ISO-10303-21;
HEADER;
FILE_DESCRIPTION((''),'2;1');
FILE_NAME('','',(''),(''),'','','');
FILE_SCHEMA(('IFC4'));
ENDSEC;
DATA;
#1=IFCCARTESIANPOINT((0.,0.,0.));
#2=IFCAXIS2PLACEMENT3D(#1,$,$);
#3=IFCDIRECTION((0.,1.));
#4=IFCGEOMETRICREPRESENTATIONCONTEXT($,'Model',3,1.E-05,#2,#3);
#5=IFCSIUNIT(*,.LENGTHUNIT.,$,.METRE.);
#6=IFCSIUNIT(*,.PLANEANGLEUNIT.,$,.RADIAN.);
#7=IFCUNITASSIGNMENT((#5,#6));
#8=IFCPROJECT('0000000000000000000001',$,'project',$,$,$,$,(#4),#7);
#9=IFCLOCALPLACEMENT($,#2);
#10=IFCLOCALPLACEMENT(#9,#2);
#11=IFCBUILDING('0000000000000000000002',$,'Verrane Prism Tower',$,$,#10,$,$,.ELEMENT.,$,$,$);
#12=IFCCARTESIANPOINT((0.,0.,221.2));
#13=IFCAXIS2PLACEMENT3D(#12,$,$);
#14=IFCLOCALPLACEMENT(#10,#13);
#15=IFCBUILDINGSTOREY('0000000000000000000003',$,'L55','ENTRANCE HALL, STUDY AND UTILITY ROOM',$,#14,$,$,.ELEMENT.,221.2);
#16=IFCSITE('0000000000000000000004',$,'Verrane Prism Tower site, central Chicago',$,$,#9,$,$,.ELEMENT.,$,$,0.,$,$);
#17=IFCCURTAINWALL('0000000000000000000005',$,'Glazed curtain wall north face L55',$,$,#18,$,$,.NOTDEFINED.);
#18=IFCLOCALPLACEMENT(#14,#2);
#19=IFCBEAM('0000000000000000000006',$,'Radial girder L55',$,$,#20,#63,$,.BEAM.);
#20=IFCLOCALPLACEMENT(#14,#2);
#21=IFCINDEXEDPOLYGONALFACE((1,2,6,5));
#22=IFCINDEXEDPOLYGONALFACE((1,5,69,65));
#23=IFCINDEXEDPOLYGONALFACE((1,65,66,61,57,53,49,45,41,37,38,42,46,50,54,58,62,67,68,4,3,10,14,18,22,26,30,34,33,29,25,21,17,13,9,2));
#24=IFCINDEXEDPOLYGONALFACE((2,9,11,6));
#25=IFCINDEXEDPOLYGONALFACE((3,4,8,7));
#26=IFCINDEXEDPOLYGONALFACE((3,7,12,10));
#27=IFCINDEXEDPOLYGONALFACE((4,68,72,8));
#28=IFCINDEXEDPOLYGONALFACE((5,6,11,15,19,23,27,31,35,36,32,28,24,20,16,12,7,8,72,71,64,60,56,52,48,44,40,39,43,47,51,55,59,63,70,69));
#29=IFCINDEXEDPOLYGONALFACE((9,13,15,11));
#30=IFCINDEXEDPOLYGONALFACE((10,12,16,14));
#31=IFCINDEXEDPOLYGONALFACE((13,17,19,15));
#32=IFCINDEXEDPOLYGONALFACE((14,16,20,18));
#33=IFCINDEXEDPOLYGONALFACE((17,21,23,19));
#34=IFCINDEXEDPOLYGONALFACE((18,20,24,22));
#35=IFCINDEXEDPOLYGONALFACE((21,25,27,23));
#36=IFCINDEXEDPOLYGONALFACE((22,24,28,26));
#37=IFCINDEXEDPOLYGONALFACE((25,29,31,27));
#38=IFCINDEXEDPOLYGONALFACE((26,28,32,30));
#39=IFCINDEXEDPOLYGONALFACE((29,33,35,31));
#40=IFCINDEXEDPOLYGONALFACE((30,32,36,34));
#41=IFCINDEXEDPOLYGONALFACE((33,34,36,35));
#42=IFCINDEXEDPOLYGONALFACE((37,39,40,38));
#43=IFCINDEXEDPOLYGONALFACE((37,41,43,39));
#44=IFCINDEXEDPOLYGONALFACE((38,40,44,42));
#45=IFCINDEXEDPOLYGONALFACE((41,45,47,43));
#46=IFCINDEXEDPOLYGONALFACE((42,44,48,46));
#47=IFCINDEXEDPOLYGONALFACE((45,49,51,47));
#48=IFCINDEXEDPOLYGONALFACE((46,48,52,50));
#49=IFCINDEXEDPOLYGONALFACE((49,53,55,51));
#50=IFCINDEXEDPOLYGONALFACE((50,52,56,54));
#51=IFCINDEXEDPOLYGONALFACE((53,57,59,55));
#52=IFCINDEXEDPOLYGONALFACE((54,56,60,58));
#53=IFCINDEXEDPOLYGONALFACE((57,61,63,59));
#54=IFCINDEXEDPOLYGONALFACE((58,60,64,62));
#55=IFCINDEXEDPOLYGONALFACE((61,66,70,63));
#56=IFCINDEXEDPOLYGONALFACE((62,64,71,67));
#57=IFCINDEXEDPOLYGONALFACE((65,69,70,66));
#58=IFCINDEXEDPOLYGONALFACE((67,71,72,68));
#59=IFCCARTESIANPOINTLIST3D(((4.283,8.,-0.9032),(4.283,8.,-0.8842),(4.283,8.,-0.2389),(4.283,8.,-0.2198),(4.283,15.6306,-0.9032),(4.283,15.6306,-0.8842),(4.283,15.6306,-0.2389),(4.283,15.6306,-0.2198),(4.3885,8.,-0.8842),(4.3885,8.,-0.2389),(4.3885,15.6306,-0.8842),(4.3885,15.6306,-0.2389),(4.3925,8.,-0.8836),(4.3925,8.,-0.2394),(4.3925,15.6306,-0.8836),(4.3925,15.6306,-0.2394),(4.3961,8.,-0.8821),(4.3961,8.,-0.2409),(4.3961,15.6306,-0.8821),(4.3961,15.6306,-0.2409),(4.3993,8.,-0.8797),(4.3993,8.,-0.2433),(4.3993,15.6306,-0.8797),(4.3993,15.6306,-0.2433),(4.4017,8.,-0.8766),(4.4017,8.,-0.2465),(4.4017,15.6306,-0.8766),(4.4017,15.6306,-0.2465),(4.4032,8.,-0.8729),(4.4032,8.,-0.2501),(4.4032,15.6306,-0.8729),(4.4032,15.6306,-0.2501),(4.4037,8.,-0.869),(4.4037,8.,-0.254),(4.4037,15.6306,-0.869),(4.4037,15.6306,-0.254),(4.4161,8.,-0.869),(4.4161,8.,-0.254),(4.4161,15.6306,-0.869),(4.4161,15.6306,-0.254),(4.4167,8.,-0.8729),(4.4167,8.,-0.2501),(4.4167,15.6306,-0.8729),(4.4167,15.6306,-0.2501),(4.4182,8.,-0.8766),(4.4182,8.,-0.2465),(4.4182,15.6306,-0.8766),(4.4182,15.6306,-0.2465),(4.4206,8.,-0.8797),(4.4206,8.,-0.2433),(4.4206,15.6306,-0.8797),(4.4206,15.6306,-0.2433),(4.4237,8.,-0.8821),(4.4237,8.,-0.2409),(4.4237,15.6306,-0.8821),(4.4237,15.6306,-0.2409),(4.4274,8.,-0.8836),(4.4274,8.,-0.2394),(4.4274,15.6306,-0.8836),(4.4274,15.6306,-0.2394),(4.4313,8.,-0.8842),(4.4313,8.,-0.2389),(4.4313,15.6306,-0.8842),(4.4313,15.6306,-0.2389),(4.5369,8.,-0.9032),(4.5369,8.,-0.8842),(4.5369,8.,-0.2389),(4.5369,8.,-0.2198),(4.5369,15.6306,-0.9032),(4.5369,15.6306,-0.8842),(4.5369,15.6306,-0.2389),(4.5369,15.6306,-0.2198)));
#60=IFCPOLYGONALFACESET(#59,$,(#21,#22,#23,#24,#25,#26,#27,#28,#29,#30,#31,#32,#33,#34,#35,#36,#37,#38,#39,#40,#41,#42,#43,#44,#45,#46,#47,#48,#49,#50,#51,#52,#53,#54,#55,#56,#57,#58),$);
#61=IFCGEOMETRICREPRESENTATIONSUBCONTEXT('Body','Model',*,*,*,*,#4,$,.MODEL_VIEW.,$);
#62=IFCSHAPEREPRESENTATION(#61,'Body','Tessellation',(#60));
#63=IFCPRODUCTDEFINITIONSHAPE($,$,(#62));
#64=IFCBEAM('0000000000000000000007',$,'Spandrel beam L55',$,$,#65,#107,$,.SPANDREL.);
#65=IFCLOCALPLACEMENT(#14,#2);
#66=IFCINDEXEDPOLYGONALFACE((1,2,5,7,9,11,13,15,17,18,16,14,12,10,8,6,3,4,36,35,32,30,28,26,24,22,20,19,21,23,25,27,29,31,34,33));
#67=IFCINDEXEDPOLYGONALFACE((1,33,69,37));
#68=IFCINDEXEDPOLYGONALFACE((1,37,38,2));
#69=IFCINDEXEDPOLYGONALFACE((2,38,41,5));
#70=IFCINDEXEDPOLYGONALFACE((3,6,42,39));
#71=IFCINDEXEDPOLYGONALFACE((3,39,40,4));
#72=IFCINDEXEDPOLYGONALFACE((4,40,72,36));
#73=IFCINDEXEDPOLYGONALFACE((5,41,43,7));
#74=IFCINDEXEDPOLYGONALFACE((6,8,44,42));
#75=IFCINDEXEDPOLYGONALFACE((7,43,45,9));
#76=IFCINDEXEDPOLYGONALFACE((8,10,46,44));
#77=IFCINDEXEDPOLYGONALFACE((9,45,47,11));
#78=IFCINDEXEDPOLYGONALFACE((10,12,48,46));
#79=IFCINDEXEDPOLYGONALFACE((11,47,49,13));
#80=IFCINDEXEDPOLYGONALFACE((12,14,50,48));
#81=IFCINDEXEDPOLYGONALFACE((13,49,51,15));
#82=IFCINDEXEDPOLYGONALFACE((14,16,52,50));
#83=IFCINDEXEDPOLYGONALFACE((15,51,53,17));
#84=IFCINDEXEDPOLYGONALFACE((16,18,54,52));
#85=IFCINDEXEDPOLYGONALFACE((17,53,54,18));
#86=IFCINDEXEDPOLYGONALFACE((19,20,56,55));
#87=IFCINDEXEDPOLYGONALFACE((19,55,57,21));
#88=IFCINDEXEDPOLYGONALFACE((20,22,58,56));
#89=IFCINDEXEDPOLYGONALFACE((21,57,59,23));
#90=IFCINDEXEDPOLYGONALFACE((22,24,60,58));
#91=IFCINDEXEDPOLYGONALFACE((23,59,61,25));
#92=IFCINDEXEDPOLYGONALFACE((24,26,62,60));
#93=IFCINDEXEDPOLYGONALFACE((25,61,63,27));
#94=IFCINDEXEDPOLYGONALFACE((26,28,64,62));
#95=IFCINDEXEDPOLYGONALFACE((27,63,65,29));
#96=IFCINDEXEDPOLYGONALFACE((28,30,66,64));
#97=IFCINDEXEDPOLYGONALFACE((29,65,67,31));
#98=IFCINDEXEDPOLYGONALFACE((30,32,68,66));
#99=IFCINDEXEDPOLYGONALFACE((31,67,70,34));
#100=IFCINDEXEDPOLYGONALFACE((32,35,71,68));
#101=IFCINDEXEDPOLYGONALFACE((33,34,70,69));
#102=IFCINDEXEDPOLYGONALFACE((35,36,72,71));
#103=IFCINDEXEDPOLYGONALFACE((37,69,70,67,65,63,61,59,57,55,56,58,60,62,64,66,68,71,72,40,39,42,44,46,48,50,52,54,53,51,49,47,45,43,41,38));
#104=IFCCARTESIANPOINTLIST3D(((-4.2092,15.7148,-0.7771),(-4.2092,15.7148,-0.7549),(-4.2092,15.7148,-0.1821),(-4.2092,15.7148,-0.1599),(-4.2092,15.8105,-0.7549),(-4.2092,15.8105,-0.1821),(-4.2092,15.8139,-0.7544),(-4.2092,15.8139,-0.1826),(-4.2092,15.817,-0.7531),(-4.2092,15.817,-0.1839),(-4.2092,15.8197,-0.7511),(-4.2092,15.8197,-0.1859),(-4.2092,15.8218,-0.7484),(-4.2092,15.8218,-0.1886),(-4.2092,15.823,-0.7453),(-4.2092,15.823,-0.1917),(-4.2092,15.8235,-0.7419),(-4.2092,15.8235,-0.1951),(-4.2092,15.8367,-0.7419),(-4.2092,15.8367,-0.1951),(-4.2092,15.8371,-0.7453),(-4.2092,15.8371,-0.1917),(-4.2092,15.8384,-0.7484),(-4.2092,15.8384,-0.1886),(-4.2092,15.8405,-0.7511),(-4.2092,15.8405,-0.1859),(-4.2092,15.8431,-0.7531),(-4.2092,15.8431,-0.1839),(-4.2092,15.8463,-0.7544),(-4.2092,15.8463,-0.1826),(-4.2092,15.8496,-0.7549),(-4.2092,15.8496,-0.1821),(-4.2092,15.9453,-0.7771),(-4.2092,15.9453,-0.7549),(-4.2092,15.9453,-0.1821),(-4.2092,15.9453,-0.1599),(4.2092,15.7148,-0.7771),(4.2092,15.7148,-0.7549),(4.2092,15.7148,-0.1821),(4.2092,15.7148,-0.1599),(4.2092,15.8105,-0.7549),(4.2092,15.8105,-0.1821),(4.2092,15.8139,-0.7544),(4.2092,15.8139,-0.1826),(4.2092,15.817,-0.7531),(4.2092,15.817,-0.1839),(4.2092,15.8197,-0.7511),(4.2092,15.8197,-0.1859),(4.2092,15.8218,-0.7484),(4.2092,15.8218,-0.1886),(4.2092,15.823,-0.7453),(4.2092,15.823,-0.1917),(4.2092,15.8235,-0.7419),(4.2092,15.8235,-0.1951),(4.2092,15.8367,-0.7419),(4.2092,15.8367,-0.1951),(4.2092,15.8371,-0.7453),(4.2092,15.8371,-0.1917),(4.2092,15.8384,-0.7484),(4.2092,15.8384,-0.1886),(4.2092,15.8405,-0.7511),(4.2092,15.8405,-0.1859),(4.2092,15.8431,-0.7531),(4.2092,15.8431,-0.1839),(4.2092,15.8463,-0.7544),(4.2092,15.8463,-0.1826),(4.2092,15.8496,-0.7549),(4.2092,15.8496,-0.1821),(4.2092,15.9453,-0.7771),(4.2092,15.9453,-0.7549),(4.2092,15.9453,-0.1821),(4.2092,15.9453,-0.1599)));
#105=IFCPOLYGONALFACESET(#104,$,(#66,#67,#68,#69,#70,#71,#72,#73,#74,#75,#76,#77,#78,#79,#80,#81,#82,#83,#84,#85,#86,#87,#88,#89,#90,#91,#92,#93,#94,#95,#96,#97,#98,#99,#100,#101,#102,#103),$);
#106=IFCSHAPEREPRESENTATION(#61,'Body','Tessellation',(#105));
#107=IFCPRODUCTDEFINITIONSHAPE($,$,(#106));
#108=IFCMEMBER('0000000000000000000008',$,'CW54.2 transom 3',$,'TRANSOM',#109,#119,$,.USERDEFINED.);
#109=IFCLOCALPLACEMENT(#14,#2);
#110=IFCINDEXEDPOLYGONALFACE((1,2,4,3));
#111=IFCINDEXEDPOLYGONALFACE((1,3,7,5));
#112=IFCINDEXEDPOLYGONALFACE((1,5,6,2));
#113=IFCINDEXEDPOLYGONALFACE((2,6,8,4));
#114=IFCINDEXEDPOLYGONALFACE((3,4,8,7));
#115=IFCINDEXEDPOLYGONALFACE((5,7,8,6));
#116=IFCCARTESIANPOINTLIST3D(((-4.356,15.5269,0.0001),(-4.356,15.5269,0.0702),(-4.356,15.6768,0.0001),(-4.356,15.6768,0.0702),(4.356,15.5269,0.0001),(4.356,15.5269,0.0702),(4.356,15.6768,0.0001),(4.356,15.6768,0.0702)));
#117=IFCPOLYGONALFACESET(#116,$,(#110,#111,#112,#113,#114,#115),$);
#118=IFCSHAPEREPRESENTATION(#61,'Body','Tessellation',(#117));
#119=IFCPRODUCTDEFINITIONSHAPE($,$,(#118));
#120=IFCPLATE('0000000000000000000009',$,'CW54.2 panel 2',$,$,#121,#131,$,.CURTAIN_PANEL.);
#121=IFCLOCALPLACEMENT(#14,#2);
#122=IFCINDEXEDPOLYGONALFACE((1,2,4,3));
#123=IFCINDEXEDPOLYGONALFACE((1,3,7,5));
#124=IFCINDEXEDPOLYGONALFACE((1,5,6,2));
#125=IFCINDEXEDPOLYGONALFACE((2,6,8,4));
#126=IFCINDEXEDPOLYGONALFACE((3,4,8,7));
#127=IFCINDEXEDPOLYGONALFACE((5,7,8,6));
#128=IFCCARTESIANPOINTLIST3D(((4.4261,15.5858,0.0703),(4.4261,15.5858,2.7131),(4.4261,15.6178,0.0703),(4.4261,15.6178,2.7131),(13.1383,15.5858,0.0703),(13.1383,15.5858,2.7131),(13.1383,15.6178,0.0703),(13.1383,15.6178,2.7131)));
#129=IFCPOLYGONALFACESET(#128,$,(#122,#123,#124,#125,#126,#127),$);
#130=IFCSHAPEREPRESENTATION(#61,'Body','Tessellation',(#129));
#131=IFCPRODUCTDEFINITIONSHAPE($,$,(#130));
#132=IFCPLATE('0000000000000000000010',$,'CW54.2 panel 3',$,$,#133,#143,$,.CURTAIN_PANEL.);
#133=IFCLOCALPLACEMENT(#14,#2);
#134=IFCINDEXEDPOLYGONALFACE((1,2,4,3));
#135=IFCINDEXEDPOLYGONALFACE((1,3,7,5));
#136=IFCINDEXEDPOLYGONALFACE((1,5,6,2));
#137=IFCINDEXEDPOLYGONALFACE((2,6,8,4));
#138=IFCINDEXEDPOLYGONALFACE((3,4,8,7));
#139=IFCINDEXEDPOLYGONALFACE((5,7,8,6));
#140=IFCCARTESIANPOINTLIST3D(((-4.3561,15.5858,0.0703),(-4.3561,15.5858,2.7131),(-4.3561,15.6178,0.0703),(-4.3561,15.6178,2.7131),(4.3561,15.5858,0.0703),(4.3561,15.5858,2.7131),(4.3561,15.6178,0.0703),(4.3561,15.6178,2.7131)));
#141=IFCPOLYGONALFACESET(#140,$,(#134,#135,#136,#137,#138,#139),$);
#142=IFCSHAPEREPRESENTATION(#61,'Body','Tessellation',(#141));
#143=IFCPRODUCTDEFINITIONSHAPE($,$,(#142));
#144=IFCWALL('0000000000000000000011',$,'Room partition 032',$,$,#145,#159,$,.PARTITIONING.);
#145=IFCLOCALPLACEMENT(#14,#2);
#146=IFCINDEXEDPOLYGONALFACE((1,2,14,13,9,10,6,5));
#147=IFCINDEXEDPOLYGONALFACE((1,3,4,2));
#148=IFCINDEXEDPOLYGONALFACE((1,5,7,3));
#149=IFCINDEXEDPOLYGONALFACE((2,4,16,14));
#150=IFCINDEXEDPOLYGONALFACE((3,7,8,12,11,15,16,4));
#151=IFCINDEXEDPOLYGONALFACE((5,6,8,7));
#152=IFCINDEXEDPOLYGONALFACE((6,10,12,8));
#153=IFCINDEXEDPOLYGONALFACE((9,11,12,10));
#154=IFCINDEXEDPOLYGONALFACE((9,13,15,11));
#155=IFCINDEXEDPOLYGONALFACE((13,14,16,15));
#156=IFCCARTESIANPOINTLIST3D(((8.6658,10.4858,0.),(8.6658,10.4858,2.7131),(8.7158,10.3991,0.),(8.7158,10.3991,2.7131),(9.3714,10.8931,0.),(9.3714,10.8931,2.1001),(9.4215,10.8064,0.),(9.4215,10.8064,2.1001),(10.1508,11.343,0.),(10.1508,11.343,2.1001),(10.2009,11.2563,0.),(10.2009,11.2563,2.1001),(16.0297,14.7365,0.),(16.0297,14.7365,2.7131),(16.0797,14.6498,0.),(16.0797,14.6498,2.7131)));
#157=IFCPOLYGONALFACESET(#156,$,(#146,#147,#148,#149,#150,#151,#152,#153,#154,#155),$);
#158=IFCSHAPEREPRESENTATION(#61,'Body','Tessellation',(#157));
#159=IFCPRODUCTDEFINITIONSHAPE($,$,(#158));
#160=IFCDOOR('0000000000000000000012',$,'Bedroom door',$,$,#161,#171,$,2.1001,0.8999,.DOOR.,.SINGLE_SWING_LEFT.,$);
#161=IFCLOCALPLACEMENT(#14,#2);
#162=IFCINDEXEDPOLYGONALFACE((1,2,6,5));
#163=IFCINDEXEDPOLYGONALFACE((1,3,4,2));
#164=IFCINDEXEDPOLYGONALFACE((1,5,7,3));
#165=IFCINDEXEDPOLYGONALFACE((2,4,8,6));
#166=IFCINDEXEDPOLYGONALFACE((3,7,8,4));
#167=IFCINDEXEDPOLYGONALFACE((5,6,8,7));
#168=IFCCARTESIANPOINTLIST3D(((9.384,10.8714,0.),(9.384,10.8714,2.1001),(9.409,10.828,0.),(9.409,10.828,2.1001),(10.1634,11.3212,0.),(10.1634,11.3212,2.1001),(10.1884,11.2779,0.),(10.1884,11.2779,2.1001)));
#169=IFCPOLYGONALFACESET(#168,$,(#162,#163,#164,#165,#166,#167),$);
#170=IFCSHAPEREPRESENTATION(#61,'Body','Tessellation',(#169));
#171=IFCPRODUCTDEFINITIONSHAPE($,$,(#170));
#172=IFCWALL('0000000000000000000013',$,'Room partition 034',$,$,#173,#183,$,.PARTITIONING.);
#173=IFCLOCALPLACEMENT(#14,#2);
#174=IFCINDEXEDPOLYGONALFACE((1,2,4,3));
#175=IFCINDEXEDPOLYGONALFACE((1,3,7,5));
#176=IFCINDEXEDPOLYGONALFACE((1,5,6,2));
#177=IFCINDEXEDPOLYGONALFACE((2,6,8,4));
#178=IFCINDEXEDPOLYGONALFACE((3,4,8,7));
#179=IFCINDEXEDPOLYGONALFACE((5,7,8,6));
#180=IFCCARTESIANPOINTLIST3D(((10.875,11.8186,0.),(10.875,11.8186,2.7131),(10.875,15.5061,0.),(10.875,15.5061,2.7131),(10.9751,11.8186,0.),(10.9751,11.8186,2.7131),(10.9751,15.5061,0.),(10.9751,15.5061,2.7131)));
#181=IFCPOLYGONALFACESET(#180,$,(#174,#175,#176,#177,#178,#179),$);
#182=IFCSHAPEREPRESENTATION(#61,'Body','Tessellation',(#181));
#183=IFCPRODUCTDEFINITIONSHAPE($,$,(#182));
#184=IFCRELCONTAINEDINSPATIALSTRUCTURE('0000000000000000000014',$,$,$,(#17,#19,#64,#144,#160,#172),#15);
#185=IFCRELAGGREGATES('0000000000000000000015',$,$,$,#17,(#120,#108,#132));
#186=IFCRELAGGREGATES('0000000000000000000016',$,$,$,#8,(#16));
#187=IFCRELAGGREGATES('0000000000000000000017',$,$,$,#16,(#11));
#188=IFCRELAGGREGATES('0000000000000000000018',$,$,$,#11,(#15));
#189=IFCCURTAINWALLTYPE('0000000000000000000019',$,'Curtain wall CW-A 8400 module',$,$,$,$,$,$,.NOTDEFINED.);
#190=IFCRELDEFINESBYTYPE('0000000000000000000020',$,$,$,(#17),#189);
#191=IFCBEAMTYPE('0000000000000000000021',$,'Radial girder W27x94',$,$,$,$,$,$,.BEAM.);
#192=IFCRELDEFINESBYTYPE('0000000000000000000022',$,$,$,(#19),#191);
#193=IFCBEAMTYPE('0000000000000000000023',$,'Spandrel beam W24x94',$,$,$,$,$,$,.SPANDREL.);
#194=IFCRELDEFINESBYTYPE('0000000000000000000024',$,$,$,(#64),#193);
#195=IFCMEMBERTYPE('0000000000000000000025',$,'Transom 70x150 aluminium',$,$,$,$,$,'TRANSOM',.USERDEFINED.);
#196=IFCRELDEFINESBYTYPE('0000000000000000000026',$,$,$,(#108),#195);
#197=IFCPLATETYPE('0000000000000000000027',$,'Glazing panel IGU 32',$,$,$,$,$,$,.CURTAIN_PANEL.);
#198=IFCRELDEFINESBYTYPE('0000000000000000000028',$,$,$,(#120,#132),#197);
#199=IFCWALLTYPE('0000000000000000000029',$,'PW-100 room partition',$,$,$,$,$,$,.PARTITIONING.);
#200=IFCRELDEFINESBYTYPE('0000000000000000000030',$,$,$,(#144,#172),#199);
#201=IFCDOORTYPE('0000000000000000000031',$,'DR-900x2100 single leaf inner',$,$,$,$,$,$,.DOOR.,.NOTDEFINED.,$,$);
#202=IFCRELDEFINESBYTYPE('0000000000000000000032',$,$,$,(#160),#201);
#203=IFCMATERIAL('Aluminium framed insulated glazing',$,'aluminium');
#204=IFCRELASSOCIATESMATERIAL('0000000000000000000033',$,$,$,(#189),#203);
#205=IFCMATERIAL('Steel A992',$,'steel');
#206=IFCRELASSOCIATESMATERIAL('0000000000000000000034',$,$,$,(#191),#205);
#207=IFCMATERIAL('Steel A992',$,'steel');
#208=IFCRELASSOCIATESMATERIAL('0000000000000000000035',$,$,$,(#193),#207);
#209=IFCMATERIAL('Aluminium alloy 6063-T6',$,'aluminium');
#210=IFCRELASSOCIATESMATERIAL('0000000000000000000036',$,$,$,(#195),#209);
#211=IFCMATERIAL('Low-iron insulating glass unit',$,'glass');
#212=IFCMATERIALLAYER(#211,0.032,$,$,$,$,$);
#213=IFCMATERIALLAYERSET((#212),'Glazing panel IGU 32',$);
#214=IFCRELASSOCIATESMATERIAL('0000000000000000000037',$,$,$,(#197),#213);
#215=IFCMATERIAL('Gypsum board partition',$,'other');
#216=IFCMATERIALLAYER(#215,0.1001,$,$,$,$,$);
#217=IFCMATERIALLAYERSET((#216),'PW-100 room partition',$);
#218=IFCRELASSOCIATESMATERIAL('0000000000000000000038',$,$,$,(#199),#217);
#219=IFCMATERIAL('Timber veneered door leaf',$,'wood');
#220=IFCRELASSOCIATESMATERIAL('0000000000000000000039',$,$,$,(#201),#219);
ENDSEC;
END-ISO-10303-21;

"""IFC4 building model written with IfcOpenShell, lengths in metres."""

from ifc_helpers import new_model, si_unit, direction, frame, frame_2d, origin, origin_2d, place, context, subcontext, project, spatial, rectangle, i_section, extrude, material, layer, layer_set, material_profile, profile_set, type_object, element, fill, aggregate, save


model = new_model("IFC4")

# Units and contexts
model_context = context("Model", 3, precision=1e-05, world=origin(), true_north=direction((0.0, 1.0)))
body_context = subcontext(model_context, "Body", "Model", "MODEL_VIEW")
ifc_project = project(units=[si_unit("LENGTHUNIT", "METRE"), si_unit("PLANEANGLEUNIT", "RADIAN")], contexts=[model_context])

# Site, building, storey
site_placement = place(None, origin())
site = spatial("IfcSite", under=ifc_project, at=site_placement, Name="Verrane Prism Tower site, central Chicago", CompositionType="ELEMENT", RefElevation=0.0)
building_placement = place(site_placement, origin())
building = spatial("IfcBuilding", under=site, at=building_placement, Name="Verrane Prism Tower", CompositionType="ELEMENT")
storey_placement = place(building_placement, frame((0.0, 0.0, 221.2)))
storey = spatial("IfcBuildingStorey", under=building, at=storey_placement, Name="L55", Description="ENTRANCE HALL, STUDY AND UTILITY ROOM", CompositionType="ELEMENT", Elevation=221.2)

# Curtain wall
ifc_material_1 = material(Name="Aluminium framed insulated glazing", Category="aluminium")
curtain_wall_type = type_object("IfcCurtainWallType", Name="Curtain wall CW-A 8400 module", PredefinedType="NOTDEFINED", material=ifc_material_1)
curtain_wall_placement = place(storey_placement, origin())
curtain_wall = element("IfcCurtainWall", 1, at=curtain_wall_placement, inside=storey, type_object=curtain_wall_type, Name="Glazed curtain wall north face L55", PredefinedType="NOTDEFINED")

# Beams
ifc_material_2 = material(Name="Steel A992", Category="steel")
ifc_material_profile_1 = material_profile(ifc_material_2, i_section(OverallWidth=0.2539, OverallDepth=0.6833, WebThickness=0.0125, FlangeThickness=0.019, FilletRadius=0.0151, at=origin_2d()), Name="W27x94")
ifc_profile_set_1 = profile_set([ifc_material_profile_1], Name="Steel A992")
beam_type_1 = type_object("IfcBeamType", Name="Radial girder W27x94", PredefinedType="BEAM", material=ifc_profile_set_1)
beam_1_placement = place(storey_placement, frame((4.4099, 15.6306, -0.5615), z_axis=(0.0, -1.0, 0.0), x_axis=(1.0, 0.0, 0.0)))
element("IfcBeam", 2, at=beam_1_placement, inside=storey, type_object=beam_type_1, Name="Radial girder L55", PredefinedType="BEAM", context=body_context, shape_type="SweptSolid", body=[
    extrude(i_section(OverallWidth=0.2539, OverallDepth=0.6833, WebThickness=0.0125, FlangeThickness=0.019, FilletRadius=0.0151, at=origin_2d()), origin(), (0.0, 0.0, 1.0), 7.6306),
])
ifc_material_3 = material(Name="Steel A992", Category="steel")
ifc_material_profile_2 = material_profile(ifc_material_3, i_section(OverallWidth=0.2305, OverallDepth=0.6172, WebThickness=0.0132, FlangeThickness=0.0222, FilletRadius=0.0129, at=origin_2d()), Name="W24x94")
ifc_profile_set_2 = profile_set([ifc_material_profile_2], Name="Steel A992")
beam_type_2 = type_object("IfcBeamType", Name="Spandrel beam W24x94", PredefinedType="SPANDREL", material=ifc_profile_set_2)
beam_2_placement = place(storey_placement, frame((4.2092, 15.8301, -0.4685), z_axis=(-1.0, 0.0, 0.0), x_axis=(0.0, -1.0, 0.0)))
element("IfcBeam", 3, at=beam_2_placement, inside=storey, type_object=beam_type_2, Name="Spandrel beam L55", PredefinedType="SPANDREL", context=body_context, shape_type="SweptSolid", body=[
    extrude(i_section(OverallWidth=0.2305, OverallDepth=0.6172, WebThickness=0.0132, FlangeThickness=0.0222, FilletRadius=0.0129, at=origin_2d()), origin(), (0.0, 0.0, 1.0), 8.4185),
])

# Member
ifc_material_4 = material(Name="Aluminium alloy 6063-T6", Category="aluminium")
ifc_material_profile_3 = material_profile(ifc_material_4, rectangle(XDim=0.1499, YDim=0.0701, at=origin_2d()), Name="Transom 70x150 aluminium")
ifc_profile_set_3 = profile_set([ifc_material_profile_3], Name="Aluminium alloy 6063-T6")
member_type_1 = type_object("IfcMemberType", Name="Transom 70x150 aluminium", ElementType="TRANSOM", PredefinedType="USERDEFINED", material=ifc_profile_set_3)
member_1_placement = place(storey_placement, frame((4.356, 15.6018, 0.0352), z_axis=(-1.0, 0.0, 0.0), x_axis=(0.0, -1.0, 0.0)))
member_1 = element("IfcMember", 4, at=member_1_placement, type_object=member_type_1, Name="CW54.2 transom 3", ObjectType="TRANSOM", PredefinedType="USERDEFINED", context=body_context, shape_type="SweptSolid", body=[
    extrude(rectangle(XDim=0.1499, YDim=0.0701, at=origin_2d()), origin(), (0.0, 0.0, 1.0), 8.7119),
])

# Plates
ifc_material_5 = material(Name="Low-iron insulating glass unit", Category="glass")
ifc_layer_1 = layer(ifc_material_5, 0.032)
ifc_layer_set_1 = layer_set([ifc_layer_1], Name="Glazing panel IGU 32")
plate_type = type_object("IfcPlateType", Name="Glazing panel IGU 32", PredefinedType="CURTAIN_PANEL", material=ifc_layer_set_1)
plate_1_placement = place(storey_placement, frame((8.7822, 15.6018, 0.0703), z_axis=(0.0, 0.0, 1.0), x_axis=(-1.0, 0.0, 0.0)))
plate_1 = element("IfcPlate", 5, at=plate_1_placement, type_object=plate_type, Name="CW54.2 panel 2", PredefinedType="CURTAIN_PANEL", context=body_context, shape_type="SweptSolid", body=[
    extrude(rectangle(XDim=8.7122, YDim=0.032, at=origin_2d()), origin(), (0.0, 0.0, 1.0), 2.6428),
])
plate_2_placement = place(storey_placement, frame((0.0, 15.6018, 0.0703), z_axis=(0.0, 0.0, 1.0), x_axis=(-1.0, 0.0, 0.0)))
plate_2 = element("IfcPlate", 6, at=plate_2_placement, type_object=plate_type, Name="CW54.2 panel 3", PredefinedType="CURTAIN_PANEL", context=body_context, shape_type="SweptSolid", body=[
    extrude(rectangle(XDim=8.7122, YDim=0.032, at=origin_2d()), origin(), (0.0, 0.0, 1.0), 2.6428),
])
aggregate(curtain_wall, [plate_1, member_1, plate_2])

# Wall, opening, door
ifc_material_6 = material(Name="Gypsum board partition", Category="other")
ifc_layer_2 = layer(ifc_material_6, 0.1001)
ifc_layer_set_2 = layer_set([ifc_layer_2], Name="PW-100 room partition")
wall_type_1 = type_object("IfcWallType", Name="PW-100 room partition", PredefinedType="PARTITIONING", material=ifc_layer_set_2)
wall_1_placement = place(storey_placement, frame((8.6907, 10.4424, 0.0), z_axis=(0.0, 0.0, 1.0), x_axis=(0.86607, 0.499922, 0.0)))
wall_1 = element("IfcWall", 7, at=wall_1_placement, inside=storey, type_object=wall_type_1, Name="Room partition 032", PredefinedType="PARTITIONING", context=body_context, shape_type="SweptSolid", body=[
    extrude(rectangle(XDim=8.5027, YDim=0.1001, at=frame_2d((4.2515, 0.0))), origin(), (0.0, 0.0, 1.0), 2.7131),
])
opening_1_placement = place(wall_1_placement, frame((0.8149, 0.0, 0.0)))
opening_1 = element("IfcOpeningElement", 8, at=opening_1_placement, cuts=wall_1, PredefinedType="OPENING", context=body_context, shape_type="SweptSolid", body=[
    extrude(rectangle(XDim=0.8999, YDim=2.1001, at=frame_2d((0.45, 1.05))), frame((0.0, 0.0601, 0.0), z_axis=(0.0, -1.0, 0.0), x_axis=(1.0, 0.0, 0.0)), (0.0, 0.0, 1.0), 0.1201),
])
ifc_material_7 = material(Name="Timber veneered door leaf", Category="wood")
door_type_1 = type_object("IfcDoorType", Name="DR-900x2100 single leaf inner", OperationType="NOTDEFINED", PredefinedType="DOOR", material=ifc_material_7)
door_1_placement = place(opening_1_placement, origin())
door_1 = element("IfcDoor", 9, at=door_1_placement, inside=storey, type_object=door_type_1, Name="Bedroom door", OperationType="SINGLE_SWING_LEFT", OverallHeight=2.1001, OverallWidth=0.8999, PredefinedType="DOOR", context=body_context, shape_type="SweptSolid", body=[
    extrude(rectangle(XDim=0.8999, YDim=2.1001, at=frame_2d((0.45, 1.05))), frame((0.0, 0.0249, 0.0), z_axis=(0.0, -1.0, 0.0), x_axis=(1.0, 0.0, 0.0)), (0.0, 0.0, 1.0), 0.05),
])
fill(opening_1, door_1)

# Wall
wall_2_placement = place(storey_placement, frame((10.925, 11.8186, 0.0), z_axis=(0.0, 0.0, 1.0), x_axis=(0.0, 1.0, 0.0)))
element("IfcWall", 10, at=wall_2_placement, inside=storey, type_object=wall_type_1, Name="Room partition 034", PredefinedType="PARTITIONING", context=body_context, shape_type="SweptSolid", body=[
    extrude(rectangle(XDim=3.6875, YDim=0.1001, at=frame_2d((1.8438, 0.0))), origin(), (0.0, 0.0, 1.0), 2.7131),
])

save(model, "model.ifc")
